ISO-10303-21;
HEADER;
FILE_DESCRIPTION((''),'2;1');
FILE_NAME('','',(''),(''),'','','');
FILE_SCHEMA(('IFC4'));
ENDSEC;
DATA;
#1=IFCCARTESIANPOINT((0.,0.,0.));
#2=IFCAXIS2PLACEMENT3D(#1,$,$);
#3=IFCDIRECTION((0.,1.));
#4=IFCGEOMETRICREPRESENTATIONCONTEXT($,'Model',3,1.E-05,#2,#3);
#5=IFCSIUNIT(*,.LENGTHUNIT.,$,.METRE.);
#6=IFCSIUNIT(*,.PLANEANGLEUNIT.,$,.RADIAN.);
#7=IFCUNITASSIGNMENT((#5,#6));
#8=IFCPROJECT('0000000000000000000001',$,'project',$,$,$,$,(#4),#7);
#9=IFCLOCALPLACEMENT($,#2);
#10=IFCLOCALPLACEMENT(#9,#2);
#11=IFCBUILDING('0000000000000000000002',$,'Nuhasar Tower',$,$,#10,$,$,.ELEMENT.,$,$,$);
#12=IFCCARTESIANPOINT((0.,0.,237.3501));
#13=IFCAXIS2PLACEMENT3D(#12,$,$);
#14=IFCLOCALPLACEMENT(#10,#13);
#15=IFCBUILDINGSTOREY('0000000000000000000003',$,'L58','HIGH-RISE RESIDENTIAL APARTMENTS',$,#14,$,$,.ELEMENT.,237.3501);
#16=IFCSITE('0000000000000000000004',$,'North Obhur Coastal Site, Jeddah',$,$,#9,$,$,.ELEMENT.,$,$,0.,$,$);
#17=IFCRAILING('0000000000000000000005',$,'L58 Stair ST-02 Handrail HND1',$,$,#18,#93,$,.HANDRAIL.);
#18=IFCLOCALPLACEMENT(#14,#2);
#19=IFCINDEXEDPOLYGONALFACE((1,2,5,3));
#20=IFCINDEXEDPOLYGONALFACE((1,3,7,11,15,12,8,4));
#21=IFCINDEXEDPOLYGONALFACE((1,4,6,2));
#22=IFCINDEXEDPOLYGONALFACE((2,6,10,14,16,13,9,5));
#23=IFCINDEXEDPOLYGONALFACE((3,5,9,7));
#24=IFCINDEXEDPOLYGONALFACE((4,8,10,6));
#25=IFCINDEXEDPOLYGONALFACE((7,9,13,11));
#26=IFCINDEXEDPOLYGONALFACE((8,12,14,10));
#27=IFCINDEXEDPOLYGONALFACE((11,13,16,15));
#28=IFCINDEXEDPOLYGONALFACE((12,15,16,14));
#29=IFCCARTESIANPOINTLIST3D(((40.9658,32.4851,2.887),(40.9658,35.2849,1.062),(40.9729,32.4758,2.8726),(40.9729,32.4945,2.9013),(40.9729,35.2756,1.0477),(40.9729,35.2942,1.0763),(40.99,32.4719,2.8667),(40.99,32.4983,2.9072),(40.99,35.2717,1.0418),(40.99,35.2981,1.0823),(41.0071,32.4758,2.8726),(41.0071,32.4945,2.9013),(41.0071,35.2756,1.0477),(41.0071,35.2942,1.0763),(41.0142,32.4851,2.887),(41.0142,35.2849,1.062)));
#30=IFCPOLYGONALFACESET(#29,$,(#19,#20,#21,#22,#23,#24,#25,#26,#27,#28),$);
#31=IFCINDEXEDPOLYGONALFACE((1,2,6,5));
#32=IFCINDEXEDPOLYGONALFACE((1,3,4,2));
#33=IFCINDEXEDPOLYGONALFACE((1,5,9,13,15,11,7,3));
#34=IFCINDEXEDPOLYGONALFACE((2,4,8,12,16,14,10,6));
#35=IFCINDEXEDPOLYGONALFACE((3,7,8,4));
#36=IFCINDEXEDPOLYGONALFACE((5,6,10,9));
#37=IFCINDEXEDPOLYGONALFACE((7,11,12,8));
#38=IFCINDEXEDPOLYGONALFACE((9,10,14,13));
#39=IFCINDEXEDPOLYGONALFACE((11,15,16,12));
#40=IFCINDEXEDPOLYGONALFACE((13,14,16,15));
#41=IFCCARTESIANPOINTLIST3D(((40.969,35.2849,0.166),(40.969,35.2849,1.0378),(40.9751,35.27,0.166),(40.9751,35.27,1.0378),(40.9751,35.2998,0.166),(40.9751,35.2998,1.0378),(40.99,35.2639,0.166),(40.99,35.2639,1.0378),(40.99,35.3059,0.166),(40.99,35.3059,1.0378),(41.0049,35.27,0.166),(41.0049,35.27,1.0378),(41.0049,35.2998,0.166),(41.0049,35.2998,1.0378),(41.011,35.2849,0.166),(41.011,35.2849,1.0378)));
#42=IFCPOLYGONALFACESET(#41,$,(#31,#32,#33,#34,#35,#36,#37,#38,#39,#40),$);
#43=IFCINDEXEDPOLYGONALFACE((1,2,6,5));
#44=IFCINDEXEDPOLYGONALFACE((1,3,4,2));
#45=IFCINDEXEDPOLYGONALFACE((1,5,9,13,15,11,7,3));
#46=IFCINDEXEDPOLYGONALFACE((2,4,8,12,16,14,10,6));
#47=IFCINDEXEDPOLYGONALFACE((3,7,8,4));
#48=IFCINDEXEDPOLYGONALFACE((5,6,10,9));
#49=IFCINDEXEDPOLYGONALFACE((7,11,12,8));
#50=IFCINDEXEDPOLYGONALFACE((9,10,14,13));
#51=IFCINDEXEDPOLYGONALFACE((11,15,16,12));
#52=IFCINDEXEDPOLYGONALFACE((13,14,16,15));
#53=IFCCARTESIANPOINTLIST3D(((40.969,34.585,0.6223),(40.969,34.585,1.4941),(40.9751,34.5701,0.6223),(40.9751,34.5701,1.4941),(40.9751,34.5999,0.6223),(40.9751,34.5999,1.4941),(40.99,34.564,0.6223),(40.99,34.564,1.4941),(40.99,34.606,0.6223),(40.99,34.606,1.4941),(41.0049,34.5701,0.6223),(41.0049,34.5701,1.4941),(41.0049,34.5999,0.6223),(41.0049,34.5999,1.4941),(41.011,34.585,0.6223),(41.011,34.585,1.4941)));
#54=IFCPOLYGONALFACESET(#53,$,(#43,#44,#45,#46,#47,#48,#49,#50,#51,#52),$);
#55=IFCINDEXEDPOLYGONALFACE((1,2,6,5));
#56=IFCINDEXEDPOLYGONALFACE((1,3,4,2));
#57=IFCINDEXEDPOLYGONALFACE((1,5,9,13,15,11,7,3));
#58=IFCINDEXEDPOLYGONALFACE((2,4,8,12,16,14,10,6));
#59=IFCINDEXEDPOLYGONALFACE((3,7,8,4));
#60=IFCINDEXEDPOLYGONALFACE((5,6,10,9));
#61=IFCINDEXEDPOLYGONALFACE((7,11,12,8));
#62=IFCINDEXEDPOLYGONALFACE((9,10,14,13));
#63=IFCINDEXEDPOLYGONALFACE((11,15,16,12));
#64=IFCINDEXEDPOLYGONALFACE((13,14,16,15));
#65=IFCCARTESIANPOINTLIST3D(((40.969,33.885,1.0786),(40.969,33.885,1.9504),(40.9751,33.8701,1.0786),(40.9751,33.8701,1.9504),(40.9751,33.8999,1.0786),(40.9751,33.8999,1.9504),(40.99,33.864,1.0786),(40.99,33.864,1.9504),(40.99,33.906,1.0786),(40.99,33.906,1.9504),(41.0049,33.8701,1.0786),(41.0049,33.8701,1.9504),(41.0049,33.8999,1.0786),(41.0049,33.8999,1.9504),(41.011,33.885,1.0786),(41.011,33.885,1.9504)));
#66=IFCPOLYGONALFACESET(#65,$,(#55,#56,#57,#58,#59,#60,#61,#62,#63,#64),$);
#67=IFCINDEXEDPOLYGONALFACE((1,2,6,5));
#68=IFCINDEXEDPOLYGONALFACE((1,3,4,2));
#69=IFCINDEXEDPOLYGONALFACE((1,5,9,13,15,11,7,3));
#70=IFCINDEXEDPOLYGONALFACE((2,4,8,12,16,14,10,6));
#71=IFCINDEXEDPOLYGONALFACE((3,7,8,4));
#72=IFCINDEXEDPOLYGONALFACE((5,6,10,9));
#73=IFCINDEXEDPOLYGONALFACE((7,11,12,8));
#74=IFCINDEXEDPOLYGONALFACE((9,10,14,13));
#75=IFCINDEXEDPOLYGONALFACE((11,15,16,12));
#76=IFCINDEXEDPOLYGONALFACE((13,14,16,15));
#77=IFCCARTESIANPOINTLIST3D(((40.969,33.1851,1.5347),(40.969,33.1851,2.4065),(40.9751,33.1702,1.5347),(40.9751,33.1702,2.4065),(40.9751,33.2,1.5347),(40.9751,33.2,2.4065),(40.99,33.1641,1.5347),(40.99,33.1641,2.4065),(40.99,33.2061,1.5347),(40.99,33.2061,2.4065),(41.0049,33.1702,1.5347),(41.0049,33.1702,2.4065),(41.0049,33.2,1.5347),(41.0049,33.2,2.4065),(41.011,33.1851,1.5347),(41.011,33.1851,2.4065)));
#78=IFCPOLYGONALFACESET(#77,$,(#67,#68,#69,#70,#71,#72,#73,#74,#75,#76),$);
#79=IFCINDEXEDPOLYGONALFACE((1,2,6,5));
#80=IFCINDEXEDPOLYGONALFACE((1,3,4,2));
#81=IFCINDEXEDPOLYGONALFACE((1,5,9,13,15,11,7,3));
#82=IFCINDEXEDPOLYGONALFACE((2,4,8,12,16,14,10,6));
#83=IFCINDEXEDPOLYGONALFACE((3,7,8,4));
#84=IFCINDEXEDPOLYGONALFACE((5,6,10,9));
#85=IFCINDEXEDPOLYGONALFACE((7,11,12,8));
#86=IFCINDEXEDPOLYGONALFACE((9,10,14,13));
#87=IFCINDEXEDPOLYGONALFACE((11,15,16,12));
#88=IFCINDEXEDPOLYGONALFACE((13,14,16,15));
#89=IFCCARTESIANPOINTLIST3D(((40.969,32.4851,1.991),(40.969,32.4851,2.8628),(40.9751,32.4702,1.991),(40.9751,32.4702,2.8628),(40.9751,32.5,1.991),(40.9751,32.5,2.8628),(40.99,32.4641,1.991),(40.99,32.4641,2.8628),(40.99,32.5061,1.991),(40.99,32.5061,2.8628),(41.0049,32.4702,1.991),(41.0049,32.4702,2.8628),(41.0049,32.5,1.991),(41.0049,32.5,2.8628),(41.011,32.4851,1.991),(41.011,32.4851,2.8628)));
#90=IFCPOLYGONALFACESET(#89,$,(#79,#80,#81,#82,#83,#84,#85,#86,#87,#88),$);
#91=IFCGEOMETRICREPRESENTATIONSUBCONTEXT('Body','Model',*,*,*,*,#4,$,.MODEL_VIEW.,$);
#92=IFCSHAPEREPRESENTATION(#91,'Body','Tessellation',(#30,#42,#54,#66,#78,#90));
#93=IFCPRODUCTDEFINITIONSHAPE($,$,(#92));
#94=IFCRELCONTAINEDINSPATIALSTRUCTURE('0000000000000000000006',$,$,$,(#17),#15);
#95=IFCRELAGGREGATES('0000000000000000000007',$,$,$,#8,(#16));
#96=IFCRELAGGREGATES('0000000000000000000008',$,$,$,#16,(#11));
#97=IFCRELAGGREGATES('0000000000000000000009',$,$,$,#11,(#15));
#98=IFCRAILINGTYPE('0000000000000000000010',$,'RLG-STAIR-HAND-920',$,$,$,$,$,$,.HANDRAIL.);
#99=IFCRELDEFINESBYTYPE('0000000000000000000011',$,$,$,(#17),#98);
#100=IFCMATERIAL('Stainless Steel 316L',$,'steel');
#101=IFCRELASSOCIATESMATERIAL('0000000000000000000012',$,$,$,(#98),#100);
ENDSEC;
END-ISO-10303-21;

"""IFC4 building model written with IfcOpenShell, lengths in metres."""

from ifc_helpers import new_model, si_unit, direction, frame, origin, place, context, subcontext, project, spatial, polyline, outline, extrude, material, type_object, element, save


model = new_model("IFC4")

# Units and contexts
model_context = context("Model", 3, precision=1e-05, world=origin(), true_north=direction((0.0, 1.0)))
body_context = subcontext(model_context, "Body", "Model", "MODEL_VIEW")
ifc_project = project(units=[si_unit("LENGTHUNIT", "METRE"), si_unit("PLANEANGLEUNIT", "RADIAN")], contexts=[model_context])

# Site, building, storey
site_placement = place(None, origin())
site = spatial("IfcSite", under=ifc_project, at=site_placement, Name="North Obhur Coastal Site, Jeddah", CompositionType="ELEMENT", RefElevation=0.0)
building_placement = place(site_placement, origin())
building = spatial("IfcBuilding", under=site, at=building_placement, Name="Nuhasar Tower", CompositionType="ELEMENT")
storey_placement = place(building_placement, frame((0.0, 0.0, 237.3501)))
storey = spatial("IfcBuildingStorey", under=building, at=storey_placement, Name="L58", Description="HIGH-RISE RESIDENTIAL APARTMENTS", CompositionType="ELEMENT", Elevation=237.3501)

# Railing
ifc_material_1 = material(Name="Stainless Steel 316L", Category="steel")
railing_type_1 = type_object("IfcRailingType", Name="RLG-STAIR-HAND-920", PredefinedType="HANDRAIL", material=ifc_material_1)
railing_1_placement = place(storey_placement, frame((40.99, 35.2849, 0.166)))
element("IfcRailing", 1, at=railing_1_placement, inside=storey, type_object=railing_type_1, Name="L58 Stair ST-02 Handrail HND1", PredefinedType="HANDRAIL", context=body_context, shape_type="SweptSolid", body=[
    extrude(outline(polyline([(0.0242, 0.0), (0.0171, 0.0171), (0.0, 0.0242), (-0.0171, 0.0171), (-0.0242, 0.0), (-0.0171, -0.0171), (0.0, -0.0242), (0.0171, -0.0171), (0.0242, 0.0)])), frame((0.0, 0.0, 0.896), z_axis=(0.0, -0.837749, 0.546056), x_axis=(1.0, 0.0, 0.0)), (0.0, 0.0, 1.0), 3.342),
    extrude(outline(polyline([(0.021, 0.0), (0.0149, 0.0149), (0.0, 0.021), (-0.0149, 0.0149), (-0.021, 0.0), (-0.0149, -0.0149), (0.0, -0.021), (0.0149, -0.0149), (0.021, 0.0)])), origin(), (0.0, 0.0, 1.0), 0.8718),
    extrude(outline(polyline([(0.021, 0.0), (0.0149, 0.0149), (0.0, 0.021), (-0.0149, 0.0149), (-0.021, 0.0), (-0.0149, -0.0149), (0.0, -0.021), (0.0149, -0.0149), (0.021, 0.0)])), frame((0.0, -0.7, 0.4563)), (0.0, 0.0, 1.0), 0.8718),
    extrude(outline(polyline([(0.021, 0.0), (0.0149, 0.0149), (0.0, 0.021), (-0.0149, 0.0149), (-0.021, 0.0), (-0.0149, -0.0149), (0.0, -0.021), (0.0149, -0.0149), (0.021, 0.0)])), frame((0.0, -1.3999, 0.9126)), (0.0, 0.0, 1.0), 0.8718),
    extrude(outline(polyline([(0.021, 0.0), (0.0149, 0.0149), (0.0, 0.021), (-0.0149, 0.0149), (-0.021, 0.0), (-0.0149, -0.0149), (0.0, -0.021), (0.0149, -0.0149), (0.021, 0.0)])), frame((0.0, -2.0999, 1.3687)), (0.0, 0.0, 1.0), 0.8718),
    extrude(outline(polyline([(0.021, 0.0), (0.0149, 0.0149), (0.0, 0.021), (-0.0149, 0.0149), (-0.021, 0.0), (-0.0149, -0.0149), (0.0, -0.021), (0.0149, -0.0149), (0.021, 0.0)])), frame((0.0, -2.7998, 1.825)), (0.0, 0.0, 1.0), 0.8718),
])

save(model, "model.ifc")
